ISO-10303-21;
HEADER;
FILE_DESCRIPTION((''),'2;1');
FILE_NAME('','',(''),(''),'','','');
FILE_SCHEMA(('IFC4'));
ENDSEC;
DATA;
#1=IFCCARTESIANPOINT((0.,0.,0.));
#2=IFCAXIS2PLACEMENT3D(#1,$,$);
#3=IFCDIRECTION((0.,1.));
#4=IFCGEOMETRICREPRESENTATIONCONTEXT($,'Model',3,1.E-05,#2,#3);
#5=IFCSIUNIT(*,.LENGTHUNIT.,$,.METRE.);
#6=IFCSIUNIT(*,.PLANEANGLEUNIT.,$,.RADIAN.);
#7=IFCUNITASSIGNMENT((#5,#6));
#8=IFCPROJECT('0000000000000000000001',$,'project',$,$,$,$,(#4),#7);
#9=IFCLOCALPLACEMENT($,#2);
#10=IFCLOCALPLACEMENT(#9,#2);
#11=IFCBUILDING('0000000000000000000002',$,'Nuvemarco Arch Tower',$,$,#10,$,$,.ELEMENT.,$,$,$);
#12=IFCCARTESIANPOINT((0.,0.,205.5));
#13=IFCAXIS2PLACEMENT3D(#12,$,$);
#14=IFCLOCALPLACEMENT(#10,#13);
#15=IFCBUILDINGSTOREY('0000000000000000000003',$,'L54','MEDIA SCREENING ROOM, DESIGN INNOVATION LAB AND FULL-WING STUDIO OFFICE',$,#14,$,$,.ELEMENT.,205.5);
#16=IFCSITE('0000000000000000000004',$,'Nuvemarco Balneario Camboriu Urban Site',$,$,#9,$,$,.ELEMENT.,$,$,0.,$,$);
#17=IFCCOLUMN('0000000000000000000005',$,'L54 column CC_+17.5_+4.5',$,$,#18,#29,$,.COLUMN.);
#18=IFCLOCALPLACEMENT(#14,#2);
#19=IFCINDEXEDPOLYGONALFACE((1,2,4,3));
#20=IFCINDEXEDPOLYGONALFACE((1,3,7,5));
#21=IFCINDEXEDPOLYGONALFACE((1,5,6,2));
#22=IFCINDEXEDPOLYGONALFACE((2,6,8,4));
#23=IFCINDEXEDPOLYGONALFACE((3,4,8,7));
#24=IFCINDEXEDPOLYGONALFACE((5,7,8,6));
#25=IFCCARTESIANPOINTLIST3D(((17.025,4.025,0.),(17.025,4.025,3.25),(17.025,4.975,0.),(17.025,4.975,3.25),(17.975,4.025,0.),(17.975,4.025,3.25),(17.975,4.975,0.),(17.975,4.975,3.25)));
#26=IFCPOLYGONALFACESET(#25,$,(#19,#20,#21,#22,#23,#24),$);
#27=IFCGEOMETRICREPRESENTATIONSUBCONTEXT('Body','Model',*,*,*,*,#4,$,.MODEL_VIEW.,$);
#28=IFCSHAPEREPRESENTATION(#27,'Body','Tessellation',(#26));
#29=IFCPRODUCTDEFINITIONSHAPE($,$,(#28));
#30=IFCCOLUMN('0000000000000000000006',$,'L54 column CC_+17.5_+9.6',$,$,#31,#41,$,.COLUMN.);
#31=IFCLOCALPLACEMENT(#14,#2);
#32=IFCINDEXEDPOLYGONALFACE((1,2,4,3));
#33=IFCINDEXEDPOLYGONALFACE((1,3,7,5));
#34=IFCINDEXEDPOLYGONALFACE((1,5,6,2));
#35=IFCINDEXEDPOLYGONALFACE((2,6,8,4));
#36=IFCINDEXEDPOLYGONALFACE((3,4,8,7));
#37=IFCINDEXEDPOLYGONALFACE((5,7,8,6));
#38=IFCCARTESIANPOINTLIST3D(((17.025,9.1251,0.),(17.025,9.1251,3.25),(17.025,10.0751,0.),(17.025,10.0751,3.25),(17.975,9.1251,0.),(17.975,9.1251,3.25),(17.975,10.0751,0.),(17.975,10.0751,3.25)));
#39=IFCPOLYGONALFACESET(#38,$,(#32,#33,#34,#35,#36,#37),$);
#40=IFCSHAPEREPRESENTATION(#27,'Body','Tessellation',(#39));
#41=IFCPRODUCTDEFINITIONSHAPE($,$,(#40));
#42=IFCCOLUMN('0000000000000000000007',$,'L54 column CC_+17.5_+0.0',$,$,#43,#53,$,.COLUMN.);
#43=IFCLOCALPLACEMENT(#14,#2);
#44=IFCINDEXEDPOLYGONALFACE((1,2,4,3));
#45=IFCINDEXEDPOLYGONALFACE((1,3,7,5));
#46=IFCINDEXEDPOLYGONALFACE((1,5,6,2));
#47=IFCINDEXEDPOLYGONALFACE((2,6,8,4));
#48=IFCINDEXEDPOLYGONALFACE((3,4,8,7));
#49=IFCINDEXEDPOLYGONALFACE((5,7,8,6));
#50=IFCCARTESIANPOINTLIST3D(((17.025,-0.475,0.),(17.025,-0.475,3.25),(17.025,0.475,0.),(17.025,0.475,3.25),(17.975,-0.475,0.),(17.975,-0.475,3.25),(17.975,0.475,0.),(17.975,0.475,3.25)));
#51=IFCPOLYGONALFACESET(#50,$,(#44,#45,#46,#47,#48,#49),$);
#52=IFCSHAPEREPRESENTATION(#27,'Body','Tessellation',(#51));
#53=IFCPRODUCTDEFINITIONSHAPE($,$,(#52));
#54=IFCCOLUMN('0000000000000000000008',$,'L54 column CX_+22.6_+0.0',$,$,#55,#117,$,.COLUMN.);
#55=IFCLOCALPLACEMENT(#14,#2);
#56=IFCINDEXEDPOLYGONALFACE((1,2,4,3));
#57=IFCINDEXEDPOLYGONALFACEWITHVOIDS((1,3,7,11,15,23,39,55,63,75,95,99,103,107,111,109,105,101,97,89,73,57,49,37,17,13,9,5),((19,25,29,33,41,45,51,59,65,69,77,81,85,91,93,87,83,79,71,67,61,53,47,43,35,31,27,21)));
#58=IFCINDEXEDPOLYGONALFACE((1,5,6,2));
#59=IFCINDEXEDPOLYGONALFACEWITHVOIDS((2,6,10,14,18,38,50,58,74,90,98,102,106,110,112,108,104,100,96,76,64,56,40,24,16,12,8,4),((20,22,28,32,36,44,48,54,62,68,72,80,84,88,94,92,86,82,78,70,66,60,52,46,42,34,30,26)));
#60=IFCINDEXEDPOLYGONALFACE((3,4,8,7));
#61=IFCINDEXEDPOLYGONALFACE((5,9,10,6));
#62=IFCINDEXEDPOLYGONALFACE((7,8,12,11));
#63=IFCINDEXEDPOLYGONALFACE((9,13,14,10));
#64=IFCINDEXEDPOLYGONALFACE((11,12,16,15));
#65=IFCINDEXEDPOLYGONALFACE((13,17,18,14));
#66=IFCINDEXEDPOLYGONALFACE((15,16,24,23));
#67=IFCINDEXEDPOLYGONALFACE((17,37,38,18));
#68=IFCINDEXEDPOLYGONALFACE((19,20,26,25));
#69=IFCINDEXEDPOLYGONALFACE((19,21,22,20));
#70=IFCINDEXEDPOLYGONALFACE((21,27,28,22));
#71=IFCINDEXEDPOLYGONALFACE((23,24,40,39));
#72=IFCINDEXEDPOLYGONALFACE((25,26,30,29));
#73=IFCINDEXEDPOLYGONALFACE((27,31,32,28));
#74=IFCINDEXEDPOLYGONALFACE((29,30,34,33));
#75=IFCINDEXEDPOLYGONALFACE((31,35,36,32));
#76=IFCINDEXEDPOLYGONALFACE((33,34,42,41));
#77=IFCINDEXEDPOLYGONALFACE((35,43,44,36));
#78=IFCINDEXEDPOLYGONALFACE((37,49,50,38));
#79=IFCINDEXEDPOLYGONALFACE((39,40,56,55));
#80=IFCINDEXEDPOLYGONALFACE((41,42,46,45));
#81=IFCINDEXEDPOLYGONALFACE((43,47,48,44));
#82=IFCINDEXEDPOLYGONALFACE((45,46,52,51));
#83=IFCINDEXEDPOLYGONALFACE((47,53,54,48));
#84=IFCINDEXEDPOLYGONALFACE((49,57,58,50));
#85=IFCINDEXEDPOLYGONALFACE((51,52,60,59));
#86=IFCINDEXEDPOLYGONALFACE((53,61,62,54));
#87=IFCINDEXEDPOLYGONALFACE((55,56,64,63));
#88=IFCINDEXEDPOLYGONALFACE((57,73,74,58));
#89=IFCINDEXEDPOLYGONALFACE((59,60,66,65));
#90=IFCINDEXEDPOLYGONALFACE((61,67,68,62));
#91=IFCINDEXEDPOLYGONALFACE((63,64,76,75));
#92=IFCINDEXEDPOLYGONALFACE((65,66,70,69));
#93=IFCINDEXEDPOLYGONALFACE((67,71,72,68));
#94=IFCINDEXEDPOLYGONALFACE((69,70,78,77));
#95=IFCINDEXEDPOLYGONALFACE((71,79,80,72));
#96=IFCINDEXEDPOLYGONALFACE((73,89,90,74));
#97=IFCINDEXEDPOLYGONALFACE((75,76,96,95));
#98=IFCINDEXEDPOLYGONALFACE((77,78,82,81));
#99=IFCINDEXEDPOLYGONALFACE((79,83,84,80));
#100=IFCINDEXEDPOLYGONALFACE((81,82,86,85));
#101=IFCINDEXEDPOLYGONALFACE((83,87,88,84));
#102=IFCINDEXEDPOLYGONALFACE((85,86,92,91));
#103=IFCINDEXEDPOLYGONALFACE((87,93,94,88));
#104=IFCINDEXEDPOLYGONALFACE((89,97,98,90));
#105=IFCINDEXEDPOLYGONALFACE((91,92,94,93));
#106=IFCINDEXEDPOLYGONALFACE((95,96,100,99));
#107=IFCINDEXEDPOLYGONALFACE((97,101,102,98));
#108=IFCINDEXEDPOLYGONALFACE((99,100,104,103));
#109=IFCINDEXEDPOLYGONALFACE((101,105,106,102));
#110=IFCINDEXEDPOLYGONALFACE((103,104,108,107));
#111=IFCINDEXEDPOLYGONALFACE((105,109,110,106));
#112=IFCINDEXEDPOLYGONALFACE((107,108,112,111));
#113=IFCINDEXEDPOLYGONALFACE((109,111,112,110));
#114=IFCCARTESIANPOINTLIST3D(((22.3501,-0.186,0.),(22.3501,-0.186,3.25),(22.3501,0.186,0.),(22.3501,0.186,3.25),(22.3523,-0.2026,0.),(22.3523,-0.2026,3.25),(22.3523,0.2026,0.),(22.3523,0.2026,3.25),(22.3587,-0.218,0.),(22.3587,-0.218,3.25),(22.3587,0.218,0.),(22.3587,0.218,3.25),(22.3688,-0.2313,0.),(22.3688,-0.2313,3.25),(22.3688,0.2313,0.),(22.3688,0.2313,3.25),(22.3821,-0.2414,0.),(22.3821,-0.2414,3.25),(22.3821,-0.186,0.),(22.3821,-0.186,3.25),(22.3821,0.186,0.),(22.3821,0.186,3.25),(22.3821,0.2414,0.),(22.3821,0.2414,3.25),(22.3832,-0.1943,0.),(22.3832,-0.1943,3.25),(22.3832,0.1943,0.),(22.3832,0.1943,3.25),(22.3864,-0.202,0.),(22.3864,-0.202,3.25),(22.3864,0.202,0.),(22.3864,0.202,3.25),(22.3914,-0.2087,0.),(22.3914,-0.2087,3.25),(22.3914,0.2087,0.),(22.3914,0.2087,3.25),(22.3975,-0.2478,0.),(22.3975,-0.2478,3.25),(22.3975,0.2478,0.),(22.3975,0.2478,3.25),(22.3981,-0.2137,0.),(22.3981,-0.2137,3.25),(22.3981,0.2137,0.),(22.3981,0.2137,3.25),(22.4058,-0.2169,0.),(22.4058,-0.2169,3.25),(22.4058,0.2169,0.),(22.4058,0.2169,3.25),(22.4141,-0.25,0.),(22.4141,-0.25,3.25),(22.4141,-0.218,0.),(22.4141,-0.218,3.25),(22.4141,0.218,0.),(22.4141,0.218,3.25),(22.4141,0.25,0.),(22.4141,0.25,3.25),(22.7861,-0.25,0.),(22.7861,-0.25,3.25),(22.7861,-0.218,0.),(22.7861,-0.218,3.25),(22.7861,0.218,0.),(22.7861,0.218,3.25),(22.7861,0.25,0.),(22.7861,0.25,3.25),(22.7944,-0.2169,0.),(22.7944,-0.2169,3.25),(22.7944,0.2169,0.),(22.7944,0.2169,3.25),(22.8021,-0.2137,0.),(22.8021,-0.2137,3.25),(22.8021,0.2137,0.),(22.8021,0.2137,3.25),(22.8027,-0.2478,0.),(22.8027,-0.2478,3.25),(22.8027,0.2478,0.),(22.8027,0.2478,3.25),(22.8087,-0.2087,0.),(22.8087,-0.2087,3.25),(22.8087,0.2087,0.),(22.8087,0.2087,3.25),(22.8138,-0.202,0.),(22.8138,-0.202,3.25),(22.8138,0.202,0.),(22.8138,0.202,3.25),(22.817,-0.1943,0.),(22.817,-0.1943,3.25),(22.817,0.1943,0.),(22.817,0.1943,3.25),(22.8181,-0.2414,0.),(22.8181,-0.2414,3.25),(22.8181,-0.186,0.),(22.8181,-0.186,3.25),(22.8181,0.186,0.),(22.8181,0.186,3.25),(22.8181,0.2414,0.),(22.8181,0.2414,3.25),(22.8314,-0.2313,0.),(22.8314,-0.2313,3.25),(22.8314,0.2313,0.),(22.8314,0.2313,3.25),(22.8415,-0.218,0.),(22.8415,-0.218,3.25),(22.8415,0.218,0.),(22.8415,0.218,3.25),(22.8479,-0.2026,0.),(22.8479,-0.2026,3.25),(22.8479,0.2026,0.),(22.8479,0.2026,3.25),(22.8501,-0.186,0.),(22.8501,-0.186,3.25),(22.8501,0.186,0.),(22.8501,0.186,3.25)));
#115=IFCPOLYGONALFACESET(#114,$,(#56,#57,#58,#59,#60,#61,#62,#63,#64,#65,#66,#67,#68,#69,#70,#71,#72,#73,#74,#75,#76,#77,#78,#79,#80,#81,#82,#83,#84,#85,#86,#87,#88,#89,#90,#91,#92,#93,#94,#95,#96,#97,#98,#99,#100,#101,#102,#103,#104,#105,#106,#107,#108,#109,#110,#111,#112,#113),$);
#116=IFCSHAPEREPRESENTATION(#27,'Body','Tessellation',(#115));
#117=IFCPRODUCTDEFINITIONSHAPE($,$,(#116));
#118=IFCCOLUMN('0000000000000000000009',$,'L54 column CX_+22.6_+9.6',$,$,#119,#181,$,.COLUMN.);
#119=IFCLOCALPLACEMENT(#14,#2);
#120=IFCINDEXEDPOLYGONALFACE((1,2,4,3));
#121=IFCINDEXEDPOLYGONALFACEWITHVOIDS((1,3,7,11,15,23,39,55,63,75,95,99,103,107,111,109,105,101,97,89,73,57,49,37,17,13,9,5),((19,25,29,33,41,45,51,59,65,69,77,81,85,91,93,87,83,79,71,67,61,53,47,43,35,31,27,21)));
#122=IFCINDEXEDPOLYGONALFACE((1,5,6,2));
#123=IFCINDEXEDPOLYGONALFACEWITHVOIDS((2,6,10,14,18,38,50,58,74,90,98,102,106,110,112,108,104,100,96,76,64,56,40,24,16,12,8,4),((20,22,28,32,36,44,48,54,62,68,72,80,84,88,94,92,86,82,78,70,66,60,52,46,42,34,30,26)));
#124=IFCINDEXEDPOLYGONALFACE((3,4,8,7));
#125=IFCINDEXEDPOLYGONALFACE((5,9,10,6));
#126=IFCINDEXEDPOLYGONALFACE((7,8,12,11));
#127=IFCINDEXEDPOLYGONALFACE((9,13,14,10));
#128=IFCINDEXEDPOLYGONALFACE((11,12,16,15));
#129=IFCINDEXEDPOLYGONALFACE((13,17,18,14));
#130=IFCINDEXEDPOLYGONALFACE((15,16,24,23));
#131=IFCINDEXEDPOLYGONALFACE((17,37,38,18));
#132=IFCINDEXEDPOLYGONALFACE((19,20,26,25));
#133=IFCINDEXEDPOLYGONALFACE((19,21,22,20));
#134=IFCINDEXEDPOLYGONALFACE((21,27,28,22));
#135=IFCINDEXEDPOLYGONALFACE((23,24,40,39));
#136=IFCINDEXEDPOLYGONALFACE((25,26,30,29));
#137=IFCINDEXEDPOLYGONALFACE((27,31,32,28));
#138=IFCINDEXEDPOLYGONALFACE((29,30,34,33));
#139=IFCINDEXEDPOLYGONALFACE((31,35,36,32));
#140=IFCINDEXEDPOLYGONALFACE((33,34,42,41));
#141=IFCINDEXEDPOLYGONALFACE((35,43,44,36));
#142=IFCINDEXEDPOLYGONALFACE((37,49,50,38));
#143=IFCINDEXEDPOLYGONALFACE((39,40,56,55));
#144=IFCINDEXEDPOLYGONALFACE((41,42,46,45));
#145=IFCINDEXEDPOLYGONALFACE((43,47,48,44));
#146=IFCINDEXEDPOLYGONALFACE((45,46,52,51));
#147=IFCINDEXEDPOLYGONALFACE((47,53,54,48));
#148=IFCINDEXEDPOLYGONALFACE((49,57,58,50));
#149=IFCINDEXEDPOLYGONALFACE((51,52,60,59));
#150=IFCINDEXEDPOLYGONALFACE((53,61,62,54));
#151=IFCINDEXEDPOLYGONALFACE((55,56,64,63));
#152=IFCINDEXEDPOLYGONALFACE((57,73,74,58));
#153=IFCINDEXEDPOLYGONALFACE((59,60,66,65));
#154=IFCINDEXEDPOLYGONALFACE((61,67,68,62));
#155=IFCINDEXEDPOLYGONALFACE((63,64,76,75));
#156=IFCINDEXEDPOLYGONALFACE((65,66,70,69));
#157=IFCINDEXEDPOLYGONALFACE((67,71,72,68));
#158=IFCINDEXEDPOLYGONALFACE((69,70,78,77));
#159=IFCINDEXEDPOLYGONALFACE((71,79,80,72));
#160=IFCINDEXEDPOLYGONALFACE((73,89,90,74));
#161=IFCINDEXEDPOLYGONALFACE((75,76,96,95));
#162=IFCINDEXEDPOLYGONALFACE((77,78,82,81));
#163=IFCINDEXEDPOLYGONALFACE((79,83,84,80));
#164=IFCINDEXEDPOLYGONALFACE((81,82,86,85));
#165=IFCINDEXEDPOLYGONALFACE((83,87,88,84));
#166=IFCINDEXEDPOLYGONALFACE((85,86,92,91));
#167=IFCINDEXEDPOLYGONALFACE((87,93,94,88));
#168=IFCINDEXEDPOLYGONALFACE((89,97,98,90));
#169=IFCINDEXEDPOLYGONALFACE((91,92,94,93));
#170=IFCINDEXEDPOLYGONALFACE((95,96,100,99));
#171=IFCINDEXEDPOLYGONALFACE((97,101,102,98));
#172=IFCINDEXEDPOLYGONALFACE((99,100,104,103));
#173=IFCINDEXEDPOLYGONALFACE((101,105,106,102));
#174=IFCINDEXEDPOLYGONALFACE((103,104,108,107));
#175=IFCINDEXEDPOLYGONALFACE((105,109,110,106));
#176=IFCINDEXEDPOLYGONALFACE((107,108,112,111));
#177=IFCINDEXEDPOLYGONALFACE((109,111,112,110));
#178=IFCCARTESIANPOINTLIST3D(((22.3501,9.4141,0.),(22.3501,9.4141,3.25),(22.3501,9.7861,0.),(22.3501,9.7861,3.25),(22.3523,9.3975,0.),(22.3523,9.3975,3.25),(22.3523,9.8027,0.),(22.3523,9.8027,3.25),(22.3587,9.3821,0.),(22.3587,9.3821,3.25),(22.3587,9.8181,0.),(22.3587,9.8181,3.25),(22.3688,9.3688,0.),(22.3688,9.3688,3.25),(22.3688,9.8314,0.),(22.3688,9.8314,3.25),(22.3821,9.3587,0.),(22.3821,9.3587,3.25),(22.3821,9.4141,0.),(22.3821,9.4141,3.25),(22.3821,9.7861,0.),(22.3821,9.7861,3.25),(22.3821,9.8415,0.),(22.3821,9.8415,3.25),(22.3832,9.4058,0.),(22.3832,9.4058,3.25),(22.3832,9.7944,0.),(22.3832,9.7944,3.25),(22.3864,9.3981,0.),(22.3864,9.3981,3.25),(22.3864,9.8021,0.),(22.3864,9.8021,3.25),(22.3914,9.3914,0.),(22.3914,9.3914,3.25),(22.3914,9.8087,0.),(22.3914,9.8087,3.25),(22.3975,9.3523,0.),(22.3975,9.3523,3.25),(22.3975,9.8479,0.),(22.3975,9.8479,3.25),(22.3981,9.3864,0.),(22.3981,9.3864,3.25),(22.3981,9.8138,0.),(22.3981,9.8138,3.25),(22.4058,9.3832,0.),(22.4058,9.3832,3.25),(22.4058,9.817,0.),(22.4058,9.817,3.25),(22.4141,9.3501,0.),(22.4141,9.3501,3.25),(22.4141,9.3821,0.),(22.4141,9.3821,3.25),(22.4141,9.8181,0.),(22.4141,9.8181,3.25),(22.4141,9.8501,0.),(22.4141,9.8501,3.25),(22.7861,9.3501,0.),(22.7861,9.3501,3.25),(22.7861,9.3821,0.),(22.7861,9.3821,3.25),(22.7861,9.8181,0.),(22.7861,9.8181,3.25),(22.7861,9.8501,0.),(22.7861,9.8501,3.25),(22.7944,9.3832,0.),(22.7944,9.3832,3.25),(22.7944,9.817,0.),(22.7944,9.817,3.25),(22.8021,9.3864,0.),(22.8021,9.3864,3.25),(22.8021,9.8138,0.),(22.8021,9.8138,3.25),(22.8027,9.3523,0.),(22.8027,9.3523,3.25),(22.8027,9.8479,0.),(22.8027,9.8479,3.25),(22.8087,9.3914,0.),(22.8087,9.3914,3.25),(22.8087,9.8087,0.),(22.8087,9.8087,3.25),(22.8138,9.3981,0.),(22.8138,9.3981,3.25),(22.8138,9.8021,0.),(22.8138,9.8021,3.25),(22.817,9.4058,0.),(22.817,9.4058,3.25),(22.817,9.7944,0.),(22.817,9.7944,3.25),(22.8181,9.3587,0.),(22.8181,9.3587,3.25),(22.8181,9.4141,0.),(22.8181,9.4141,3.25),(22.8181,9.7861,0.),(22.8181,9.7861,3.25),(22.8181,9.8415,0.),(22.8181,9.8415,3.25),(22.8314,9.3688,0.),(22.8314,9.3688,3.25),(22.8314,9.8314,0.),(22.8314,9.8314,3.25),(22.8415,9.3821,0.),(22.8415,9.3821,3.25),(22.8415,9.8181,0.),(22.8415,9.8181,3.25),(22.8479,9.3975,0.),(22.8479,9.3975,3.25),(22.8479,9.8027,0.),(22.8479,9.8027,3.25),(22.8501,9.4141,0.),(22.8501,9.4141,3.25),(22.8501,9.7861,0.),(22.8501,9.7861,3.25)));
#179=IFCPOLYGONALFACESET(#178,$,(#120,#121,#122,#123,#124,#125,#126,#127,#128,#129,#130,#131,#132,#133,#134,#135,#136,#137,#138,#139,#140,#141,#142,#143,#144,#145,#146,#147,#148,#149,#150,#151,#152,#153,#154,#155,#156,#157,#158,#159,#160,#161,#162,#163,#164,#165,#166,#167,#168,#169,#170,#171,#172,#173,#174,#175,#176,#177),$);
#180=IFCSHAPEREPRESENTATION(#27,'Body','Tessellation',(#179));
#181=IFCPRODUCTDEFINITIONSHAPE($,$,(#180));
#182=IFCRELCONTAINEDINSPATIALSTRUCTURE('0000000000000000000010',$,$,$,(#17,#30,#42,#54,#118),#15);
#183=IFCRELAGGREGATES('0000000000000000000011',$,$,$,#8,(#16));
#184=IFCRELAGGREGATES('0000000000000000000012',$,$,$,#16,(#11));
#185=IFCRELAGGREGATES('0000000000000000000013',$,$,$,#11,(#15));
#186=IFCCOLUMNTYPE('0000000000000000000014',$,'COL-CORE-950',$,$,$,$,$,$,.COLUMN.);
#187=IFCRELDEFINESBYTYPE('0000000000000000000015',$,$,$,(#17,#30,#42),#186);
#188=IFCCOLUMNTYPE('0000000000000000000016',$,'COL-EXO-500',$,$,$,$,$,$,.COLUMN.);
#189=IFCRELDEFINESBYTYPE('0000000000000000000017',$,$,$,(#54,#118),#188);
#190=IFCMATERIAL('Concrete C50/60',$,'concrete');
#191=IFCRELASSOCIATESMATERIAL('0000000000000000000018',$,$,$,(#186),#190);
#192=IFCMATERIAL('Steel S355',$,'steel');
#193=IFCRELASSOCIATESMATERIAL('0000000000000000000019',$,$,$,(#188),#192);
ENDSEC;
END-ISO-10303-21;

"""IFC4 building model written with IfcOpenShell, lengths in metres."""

from ifc_helpers import new_model, si_unit, direction, frame, origin, origin_2d, place, context, subcontext, project, spatial, rectangle, hollow_rectangle, extrude, material, material_profile, profile_set, type_object, element, save


model = new_model("IFC4")

# Units and contexts
model_context = context("Model", 3, precision=1e-05, world=origin(), true_north=direction((0.0, 1.0)))
body_context = subcontext(model_context, "Body", "Model", "MODEL_VIEW")
ifc_project = project(units=[si_unit("LENGTHUNIT", "METRE"), si_unit("PLANEANGLEUNIT", "RADIAN")], contexts=[model_context])

# Site, building, storey
site_placement = place(None, origin())
site = spatial("IfcSite", under=ifc_project, at=site_placement, Name="Nuvemarco Balneario Camboriu Urban Site", CompositionType="ELEMENT", RefElevation=0.0)
building_placement = place(site_placement, origin())
building = spatial("IfcBuilding", under=site, at=building_placement, Name="Nuvemarco Arch Tower", CompositionType="ELEMENT")
storey_placement = place(building_placement, frame((0.0, 0.0, 205.5)))
storey = spatial("IfcBuildingStorey", under=building, at=storey_placement, Name="L54", Description="MEDIA SCREENING ROOM, DESIGN INNOVATION LAB AND FULL-WING STUDIO OFFICE", CompositionType="ELEMENT", Elevation=205.5)

# Columns
ifc_material_1 = material(Name="Concrete C50/60", Category="concrete")
ifc_material_profile_1 = material_profile(ifc_material_1, rectangle(XDim=0.95, YDim=0.95, at=origin_2d()), Name="RC-COL-950x950")
ifc_profile_set_1 = profile_set([ifc_material_profile_1], Name="Concrete C50/60")
column_type_1 = type_object("IfcColumnType", Name="COL-CORE-950", PredefinedType="COLUMN", material=ifc_profile_set_1)
for number, where, z_axis, x_axis, name in (
    (1, (17.5, 4.5, 0.0), (0.0, 0.0, 1.0), (1.0, 0.0, 0.0), "L54 column CC_+17.5_+4.5"),
    (2, (17.5, 9.6001, 0.0), (0.0, 0.0, 1.0), (1.0, 0.0, 0.0), "L54 column CC_+17.5_+9.6"),
    (3, (17.5, 0.0, 0.0), (0.0, 0.0, 1.0), (1.0, 0.0, 0.0), "L54 column CC_+17.5_+0.0"),
):
    element("IfcColumn", number, at=place(storey_placement, frame(where, z_axis=z_axis, x_axis=x_axis)), inside=storey, type_object=column_type_1, Name=name, PredefinedType="COLUMN", context=body_context, shape_type="SweptSolid", body=[
        extrude(rectangle(XDim=0.95, YDim=0.95, at=origin_2d()), origin(), (0.0, 0.0, 1.0), 3.25),
    ])
ifc_material_2 = material(Name="Steel S355", Category="steel")
ifc_material_profile_2 = material_profile(ifc_material_2, hollow_rectangle(XDim=0.5, YDim=0.5, WallThickness=0.032, InnerFilletRadius=0.032, OuterFilletRadius=0.064, at=origin_2d()), Name="SHS500x500x32")
ifc_profile_set_2 = profile_set([ifc_material_profile_2], Name="Steel S355")
column_type_2 = type_object("IfcColumnType", Name="COL-EXO-500", PredefinedType="COLUMN", material=ifc_profile_set_2)
for number, where, z_axis, x_axis, name in (
    (4, (22.6001, 0.0, 0.0), (0.0, 0.0, 1.0), (1.0, 0.0, 0.0), "L54 column CX_+22.6_+0.0"),
    (5, (22.6001, 9.6001, 0.0), (0.0, 0.0, 1.0), (1.0, 0.0, 0.0), "L54 column CX_+22.6_+9.6"),
):
    element("IfcColumn", number, at=place(storey_placement, frame(where, z_axis=z_axis, x_axis=x_axis)), inside=storey, type_object=column_type_2, Name=name, PredefinedType="COLUMN", context=body_context, shape_type="SweptSolid", body=[
        extrude(hollow_rectangle(XDim=0.5, YDim=0.5, WallThickness=0.032, InnerFilletRadius=0.032, OuterFilletRadius=0.064, at=origin_2d()), origin(), (0.0, 0.0, 1.0), 3.25),
    ])

save(model, "model.ifc")
